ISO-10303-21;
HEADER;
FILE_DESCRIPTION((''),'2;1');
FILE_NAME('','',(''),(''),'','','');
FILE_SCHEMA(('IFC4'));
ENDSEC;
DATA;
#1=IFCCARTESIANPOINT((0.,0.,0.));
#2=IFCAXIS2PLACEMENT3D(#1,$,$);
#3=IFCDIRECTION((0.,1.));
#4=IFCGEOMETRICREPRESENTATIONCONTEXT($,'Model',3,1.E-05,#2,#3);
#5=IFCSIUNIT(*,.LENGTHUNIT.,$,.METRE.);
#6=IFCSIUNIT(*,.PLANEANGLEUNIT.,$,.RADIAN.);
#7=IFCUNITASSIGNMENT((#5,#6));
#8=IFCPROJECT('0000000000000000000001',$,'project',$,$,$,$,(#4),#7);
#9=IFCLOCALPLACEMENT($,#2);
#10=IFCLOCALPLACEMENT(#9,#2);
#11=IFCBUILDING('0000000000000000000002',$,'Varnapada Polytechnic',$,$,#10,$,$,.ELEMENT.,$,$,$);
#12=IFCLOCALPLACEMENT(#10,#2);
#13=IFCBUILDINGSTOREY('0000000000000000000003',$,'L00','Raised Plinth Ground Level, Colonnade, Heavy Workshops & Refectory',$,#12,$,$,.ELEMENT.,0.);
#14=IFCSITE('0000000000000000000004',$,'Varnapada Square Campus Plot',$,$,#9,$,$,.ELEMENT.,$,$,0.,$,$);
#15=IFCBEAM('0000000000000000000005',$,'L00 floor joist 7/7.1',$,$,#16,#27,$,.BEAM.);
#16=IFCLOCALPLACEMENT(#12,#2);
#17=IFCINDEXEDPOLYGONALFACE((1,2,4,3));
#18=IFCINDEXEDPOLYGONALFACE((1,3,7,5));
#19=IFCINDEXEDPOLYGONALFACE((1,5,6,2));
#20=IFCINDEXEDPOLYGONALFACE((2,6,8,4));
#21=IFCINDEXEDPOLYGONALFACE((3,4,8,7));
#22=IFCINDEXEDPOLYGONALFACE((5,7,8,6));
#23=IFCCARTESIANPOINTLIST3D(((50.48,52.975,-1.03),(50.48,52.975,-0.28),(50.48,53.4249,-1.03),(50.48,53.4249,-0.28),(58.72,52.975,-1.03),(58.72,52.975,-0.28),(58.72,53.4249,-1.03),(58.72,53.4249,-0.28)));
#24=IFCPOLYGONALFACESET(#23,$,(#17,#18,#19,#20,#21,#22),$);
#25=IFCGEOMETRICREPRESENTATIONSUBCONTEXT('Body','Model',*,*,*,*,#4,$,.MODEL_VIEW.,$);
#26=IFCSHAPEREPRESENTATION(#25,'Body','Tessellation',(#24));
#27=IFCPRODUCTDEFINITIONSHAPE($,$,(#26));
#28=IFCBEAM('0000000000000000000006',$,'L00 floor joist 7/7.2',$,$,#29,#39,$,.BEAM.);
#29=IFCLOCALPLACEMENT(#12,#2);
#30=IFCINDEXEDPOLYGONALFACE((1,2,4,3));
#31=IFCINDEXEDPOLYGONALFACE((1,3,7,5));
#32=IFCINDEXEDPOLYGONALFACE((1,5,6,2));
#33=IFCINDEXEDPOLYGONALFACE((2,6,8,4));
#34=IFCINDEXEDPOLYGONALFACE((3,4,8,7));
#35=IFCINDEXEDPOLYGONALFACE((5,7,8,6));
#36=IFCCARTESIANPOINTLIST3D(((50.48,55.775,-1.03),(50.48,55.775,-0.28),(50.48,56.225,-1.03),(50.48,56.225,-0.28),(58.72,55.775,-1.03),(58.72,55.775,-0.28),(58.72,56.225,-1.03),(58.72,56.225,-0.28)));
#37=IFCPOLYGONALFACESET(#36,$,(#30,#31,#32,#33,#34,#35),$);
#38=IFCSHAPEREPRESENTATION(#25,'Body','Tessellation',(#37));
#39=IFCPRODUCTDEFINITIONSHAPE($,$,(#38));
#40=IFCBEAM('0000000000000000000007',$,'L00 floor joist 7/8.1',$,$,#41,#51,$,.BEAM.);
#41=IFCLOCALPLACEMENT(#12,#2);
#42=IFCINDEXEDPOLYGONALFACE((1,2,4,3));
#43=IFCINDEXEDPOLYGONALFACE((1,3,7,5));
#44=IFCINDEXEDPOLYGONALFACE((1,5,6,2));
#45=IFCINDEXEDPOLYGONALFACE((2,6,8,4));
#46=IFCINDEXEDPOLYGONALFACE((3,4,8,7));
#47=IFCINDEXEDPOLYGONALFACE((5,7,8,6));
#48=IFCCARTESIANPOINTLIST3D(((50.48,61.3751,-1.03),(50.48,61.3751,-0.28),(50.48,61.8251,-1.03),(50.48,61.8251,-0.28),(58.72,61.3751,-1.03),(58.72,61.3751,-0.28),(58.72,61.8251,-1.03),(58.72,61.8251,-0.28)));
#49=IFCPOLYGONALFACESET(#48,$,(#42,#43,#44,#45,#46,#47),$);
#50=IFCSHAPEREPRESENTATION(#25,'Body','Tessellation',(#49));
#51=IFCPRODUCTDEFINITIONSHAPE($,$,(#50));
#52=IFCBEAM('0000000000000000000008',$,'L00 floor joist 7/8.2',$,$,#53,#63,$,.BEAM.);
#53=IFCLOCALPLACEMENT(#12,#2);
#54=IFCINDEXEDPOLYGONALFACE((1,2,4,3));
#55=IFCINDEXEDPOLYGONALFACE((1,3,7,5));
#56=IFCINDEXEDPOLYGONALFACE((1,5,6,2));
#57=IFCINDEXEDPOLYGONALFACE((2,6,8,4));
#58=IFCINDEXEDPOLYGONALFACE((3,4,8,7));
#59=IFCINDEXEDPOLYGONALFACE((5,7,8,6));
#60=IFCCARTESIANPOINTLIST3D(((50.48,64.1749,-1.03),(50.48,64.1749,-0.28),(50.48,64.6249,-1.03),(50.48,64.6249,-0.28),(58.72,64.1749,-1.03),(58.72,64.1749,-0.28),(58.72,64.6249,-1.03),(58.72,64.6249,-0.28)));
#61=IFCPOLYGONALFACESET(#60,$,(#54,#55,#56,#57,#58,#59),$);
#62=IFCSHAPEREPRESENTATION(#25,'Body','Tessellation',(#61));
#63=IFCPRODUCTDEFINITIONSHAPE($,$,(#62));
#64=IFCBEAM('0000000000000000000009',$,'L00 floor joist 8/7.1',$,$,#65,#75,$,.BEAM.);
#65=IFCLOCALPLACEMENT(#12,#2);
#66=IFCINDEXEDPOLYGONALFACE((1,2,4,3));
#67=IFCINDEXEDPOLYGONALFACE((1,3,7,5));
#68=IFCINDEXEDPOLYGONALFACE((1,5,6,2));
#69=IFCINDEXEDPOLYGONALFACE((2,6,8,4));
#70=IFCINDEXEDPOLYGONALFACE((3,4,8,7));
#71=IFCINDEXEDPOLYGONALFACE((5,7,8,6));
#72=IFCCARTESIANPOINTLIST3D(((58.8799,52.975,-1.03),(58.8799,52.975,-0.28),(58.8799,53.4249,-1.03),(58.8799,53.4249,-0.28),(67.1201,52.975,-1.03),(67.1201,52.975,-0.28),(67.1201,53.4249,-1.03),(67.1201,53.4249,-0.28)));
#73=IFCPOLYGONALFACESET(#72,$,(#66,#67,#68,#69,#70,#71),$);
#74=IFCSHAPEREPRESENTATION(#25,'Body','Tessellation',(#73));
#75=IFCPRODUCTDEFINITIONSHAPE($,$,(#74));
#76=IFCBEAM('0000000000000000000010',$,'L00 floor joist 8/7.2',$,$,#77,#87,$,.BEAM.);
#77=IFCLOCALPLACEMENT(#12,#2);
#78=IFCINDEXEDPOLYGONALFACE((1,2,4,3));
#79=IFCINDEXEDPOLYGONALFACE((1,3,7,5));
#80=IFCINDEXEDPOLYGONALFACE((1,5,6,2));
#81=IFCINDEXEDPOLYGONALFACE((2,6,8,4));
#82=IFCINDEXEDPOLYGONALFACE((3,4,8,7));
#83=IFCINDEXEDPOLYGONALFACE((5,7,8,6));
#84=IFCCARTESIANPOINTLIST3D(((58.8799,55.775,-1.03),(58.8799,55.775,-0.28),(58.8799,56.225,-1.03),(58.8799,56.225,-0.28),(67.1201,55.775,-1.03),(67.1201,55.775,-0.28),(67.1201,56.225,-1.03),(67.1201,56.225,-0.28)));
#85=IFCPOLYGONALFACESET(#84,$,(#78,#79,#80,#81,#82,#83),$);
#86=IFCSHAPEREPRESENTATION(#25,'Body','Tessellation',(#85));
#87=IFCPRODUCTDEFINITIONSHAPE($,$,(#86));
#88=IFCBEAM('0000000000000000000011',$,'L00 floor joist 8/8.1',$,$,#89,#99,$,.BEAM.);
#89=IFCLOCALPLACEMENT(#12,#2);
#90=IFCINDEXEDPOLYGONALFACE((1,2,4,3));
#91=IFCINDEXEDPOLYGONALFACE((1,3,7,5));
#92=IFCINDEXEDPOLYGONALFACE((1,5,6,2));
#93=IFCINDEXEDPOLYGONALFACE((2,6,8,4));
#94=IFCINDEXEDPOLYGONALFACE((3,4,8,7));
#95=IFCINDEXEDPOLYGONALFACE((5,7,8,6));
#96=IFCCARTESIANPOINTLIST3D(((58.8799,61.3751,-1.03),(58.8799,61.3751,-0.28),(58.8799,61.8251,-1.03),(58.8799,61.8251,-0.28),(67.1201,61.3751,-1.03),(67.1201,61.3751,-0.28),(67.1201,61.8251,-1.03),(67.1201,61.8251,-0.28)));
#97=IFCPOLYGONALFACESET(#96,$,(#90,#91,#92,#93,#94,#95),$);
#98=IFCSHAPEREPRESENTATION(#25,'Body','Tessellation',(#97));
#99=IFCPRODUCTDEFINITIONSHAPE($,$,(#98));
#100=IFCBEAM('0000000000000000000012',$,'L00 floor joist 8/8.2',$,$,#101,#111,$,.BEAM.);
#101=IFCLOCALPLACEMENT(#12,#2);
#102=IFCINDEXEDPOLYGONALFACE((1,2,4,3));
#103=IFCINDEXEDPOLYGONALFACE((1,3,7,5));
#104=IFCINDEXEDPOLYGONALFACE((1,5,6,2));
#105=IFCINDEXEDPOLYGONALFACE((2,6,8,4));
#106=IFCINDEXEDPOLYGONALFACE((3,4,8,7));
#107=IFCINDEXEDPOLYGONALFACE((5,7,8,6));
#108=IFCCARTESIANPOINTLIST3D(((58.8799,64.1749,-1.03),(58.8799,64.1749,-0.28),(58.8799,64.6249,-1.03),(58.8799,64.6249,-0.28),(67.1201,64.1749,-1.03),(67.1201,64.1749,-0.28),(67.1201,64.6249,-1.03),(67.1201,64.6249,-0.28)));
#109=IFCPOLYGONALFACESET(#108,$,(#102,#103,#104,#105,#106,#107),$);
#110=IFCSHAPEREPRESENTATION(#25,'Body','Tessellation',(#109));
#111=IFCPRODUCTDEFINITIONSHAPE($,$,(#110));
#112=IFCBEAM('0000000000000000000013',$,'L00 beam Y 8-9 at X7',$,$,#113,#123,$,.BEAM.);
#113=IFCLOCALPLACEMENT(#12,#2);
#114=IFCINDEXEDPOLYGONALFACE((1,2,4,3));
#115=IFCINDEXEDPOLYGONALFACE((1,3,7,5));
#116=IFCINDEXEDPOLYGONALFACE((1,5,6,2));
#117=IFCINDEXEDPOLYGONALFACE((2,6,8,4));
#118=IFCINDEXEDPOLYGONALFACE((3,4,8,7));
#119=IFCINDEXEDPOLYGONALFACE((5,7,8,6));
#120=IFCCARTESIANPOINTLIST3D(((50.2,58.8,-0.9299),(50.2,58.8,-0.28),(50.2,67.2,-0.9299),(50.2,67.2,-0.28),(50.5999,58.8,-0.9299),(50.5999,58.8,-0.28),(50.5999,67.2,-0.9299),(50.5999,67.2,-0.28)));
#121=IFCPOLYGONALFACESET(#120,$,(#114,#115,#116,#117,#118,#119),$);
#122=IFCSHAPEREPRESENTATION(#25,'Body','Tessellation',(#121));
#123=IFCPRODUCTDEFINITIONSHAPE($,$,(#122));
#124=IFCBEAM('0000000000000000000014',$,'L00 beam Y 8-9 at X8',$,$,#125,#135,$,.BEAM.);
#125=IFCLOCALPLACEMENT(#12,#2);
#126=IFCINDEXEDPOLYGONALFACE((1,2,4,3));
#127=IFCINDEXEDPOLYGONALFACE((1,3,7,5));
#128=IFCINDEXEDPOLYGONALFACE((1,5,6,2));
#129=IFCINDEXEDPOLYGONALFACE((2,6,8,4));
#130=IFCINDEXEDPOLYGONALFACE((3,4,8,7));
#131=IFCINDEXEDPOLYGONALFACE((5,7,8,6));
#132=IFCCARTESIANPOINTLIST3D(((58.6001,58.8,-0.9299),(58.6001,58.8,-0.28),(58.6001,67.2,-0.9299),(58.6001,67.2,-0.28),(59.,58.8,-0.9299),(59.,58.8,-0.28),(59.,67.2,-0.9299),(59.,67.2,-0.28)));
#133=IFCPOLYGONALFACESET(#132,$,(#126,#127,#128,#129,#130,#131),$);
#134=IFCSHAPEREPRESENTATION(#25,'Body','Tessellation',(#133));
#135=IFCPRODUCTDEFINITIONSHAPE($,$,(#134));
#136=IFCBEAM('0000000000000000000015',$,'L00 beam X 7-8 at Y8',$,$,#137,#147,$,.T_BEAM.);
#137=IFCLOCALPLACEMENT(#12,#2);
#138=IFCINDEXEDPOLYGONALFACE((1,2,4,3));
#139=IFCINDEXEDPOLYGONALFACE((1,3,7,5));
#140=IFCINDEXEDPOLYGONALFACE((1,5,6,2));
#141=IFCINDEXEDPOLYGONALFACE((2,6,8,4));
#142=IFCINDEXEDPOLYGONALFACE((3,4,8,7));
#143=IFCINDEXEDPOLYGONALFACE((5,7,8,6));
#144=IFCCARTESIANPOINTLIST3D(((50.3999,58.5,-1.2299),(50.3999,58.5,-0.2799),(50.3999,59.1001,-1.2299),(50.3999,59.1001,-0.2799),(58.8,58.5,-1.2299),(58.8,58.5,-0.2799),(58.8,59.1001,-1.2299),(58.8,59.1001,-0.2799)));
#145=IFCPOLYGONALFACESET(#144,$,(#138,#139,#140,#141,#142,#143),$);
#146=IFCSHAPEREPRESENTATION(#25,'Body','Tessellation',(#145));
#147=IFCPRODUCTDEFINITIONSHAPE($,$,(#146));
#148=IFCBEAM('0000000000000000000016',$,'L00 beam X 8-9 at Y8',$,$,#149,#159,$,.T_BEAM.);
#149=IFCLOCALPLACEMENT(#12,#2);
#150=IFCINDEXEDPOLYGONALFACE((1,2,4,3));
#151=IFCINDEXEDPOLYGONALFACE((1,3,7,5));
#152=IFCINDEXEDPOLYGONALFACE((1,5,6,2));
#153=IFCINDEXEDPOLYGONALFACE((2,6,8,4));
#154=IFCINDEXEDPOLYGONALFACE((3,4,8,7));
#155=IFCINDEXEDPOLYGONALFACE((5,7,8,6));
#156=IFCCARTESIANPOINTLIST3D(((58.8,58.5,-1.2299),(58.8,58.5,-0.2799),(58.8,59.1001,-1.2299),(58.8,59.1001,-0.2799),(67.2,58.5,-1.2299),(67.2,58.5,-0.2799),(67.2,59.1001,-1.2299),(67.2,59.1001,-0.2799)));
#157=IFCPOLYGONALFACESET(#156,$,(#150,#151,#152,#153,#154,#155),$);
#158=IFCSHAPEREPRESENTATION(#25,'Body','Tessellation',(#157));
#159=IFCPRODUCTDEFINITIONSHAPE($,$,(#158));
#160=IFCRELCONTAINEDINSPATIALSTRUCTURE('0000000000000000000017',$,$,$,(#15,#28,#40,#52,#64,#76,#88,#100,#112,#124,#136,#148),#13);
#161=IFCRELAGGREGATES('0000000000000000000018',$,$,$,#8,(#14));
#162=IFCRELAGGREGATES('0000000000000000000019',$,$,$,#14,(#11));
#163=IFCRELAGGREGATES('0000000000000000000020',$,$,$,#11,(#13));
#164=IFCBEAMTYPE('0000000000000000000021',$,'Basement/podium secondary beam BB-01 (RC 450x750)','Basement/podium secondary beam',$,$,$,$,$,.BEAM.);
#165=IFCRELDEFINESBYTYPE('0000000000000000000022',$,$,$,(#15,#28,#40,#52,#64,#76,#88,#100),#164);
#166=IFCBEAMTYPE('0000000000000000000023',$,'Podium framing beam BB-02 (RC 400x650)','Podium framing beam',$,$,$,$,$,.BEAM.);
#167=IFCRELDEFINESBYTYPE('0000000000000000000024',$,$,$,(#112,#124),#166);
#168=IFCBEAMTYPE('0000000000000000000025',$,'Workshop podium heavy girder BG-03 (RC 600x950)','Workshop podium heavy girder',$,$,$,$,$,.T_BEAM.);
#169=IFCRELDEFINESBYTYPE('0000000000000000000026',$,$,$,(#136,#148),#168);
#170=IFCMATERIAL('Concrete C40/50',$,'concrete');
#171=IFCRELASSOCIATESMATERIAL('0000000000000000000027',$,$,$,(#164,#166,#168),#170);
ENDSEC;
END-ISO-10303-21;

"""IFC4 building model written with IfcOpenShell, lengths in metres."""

from ifc_helpers import new_model, si_unit, direction, frame, origin, origin_2d, place, context, subcontext, project, spatial, rectangle, extrude, material, material_profile, profile_set, type_object, element, save


model = new_model("IFC4")

# Units and contexts
model_context = context("Model", 3, precision=1e-05, world=origin(), true_north=direction((0.0, 1.0)))
body_context = subcontext(model_context, "Body", "Model", "MODEL_VIEW")
ifc_project = project(units=[si_unit("LENGTHUNIT", "METRE"), si_unit("PLANEANGLEUNIT", "RADIAN")], contexts=[model_context])

# Site, building, storey
site_placement = place(None, origin())
site = spatial("IfcSite", under=ifc_project, at=site_placement, Name="Varnapada Square Campus Plot", CompositionType="ELEMENT", RefElevation=0.0)
building_placement = place(site_placement, origin())
building = spatial("IfcBuilding", under=site, at=building_placement, Name="Varnapada Polytechnic", CompositionType="ELEMENT")
storey_placement = place(building_placement, origin())
storey = spatial("IfcBuildingStorey", under=building, at=storey_placement, Name="L00", Description="Raised Plinth Ground Level, Colonnade, Heavy Workshops & Refectory", CompositionType="ELEMENT", Elevation=0.0)

# Beams
ifc_material_1 = material(Name="Concrete C40/50", Category="concrete")
ifc_material_profile_1 = material_profile(ifc_material_1, rectangle(XDim=0.45, YDim=0.75, at=origin_2d()), Name="RC 450x750")
ifc_profile_set_1 = profile_set([ifc_material_profile_1], Name="Concrete C40/50")
beam_type_1 = type_object("IfcBeamType", Name="Basement/podium secondary beam BB-01 (RC 450x750)", Description="Basement/podium secondary beam", PredefinedType="BEAM", material=ifc_profile_set_1)
for number, where, z_axis, x_axis, name in (
    (1, (50.48, 53.2, -0.655), (1.0, 0.0, 0.0), (0.0, 1.0, 0.0), "L00 floor joist 7/7.1"),
    (2, (50.48, 56.0, -0.655), (1.0, 0.0, 0.0), (0.0, 1.0, 0.0), "L00 floor joist 7/7.2"),
    (3, (50.48, 61.6001, -0.655), (1.0, 0.0, 0.0), (0.0, 1.0, 0.0), "L00 floor joist 7/8.1"),
    (4, (50.48, 64.3999, -0.655), (1.0, 0.0, 0.0), (0.0, 1.0, 0.0), "L00 floor joist 7/8.2"),
):
    element("IfcBeam", number, at=place(storey_placement, frame(where, z_axis=z_axis, x_axis=x_axis)), inside=storey, type_object=beam_type_1, Name=name, PredefinedType="BEAM", context=body_context, shape_type="SweptSolid", body=[
        extrude(rectangle(XDim=0.45, YDim=0.75, at=origin_2d()), origin(), (0.0, 0.0, 1.0), 8.24),
    ])
for number, where, z_axis, x_axis, name in (
    (5, (58.8799, 53.2, -0.655), (1.0, 0.0, 0.0), (0.0, 1.0, 0.0), "L00 floor joist 8/7.1"),
    (6, (58.8799, 56.0, -0.655), (1.0, 0.0, 0.0), (0.0, 1.0, 0.0), "L00 floor joist 8/7.2"),
    (7, (58.8799, 61.6001, -0.655), (1.0, 0.0, 0.0), (0.0, 1.0, 0.0), "L00 floor joist 8/8.1"),
    (8, (58.8799, 64.3999, -0.655), (1.0, 0.0, 0.0), (0.0, 1.0, 0.0), "L00 floor joist 8/8.2"),
):
    element("IfcBeam", number, at=place(storey_placement, frame(where, z_axis=z_axis, x_axis=x_axis)), inside=storey, type_object=beam_type_1, Name=name, PredefinedType="BEAM", context=body_context, shape_type="SweptSolid", body=[
        extrude(rectangle(XDim=0.45, YDim=0.75, at=origin_2d()), origin(), (0.0, 0.0, 1.0), 8.2402),
    ])
ifc_material_profile_2 = material_profile(ifc_material_1, rectangle(XDim=0.3999, YDim=0.6499, at=origin_2d()), Name="RC 400x650")
ifc_profile_set_2 = profile_set([ifc_material_profile_2], Name="Concrete C40/50")
beam_type_2 = type_object("IfcBeamType", Name="Podium framing beam BB-02 (RC 400x650)", Description="Podium framing beam", PredefinedType="BEAM", material=ifc_profile_set_2)
for number, where, z_axis, x_axis, name in (
    (9, (50.3999, 58.8, -0.605), (0.0, 1.0, 0.0), (-1.0, 0.0, 0.0), "L00 beam Y 8-9 at X7"),
    (10, (58.8, 58.8, -0.605), (0.0, 1.0, 0.0), (-1.0, 0.0, 0.0), "L00 beam Y 8-9 at X8"),
):
    element("IfcBeam", number, at=place(storey_placement, frame(where, z_axis=z_axis, x_axis=x_axis)), inside=storey, type_object=beam_type_2, Name=name, PredefinedType="BEAM", context=body_context, shape_type="SweptSolid", body=[
        extrude(rectangle(XDim=0.3999, YDim=0.6499, at=origin_2d()), origin(), (0.0, 0.0, 1.0), 8.3999),
    ])
ifc_material_profile_3 = material_profile(ifc_material_1, rectangle(XDim=0.6001, YDim=0.95, at=origin_2d()), Name="RC 600x950")
ifc_profile_set_3 = profile_set([ifc_material_profile_3], Name="Concrete C40/50")
beam_type_3 = type_object("IfcBeamType", Name="Workshop podium heavy girder BG-03 (RC 600x950)", Description="Workshop podium heavy girder", PredefinedType="T_BEAM", material=ifc_profile_set_3)
beam_1_placement = place(storey_placement, frame((50.3999, 58.8, -0.7549), z_axis=(1.0, 0.0, 0.0), x_axis=(0.0, 1.0, 0.0)))
element("IfcBeam", 11, at=beam_1_placement, inside=storey, type_object=beam_type_3, Name="L00 beam X 7-8 at Y8", PredefinedType="T_BEAM", context=body_context, shape_type="SweptSolid", body=[
    extrude(rectangle(XDim=0.6001, YDim=0.95, at=origin_2d()), origin(), (0.0, 0.0, 1.0), 8.4001),
])
beam_2_placement = place(storey_placement, frame((58.8, 58.8, -0.7549), z_axis=(1.0, 0.0, 0.0), x_axis=(0.0, 1.0, 0.0)))
element("IfcBeam", 12, at=beam_2_placement, inside=storey, type_object=beam_type_3, Name="L00 beam X 8-9 at Y8", PredefinedType="T_BEAM", context=body_context, shape_type="SweptSolid", body=[
    extrude(rectangle(XDim=0.6001, YDim=0.95, at=origin_2d()), origin(), (0.0, 0.0, 1.0), 8.3999),
])

save(model, "model.ifc")
